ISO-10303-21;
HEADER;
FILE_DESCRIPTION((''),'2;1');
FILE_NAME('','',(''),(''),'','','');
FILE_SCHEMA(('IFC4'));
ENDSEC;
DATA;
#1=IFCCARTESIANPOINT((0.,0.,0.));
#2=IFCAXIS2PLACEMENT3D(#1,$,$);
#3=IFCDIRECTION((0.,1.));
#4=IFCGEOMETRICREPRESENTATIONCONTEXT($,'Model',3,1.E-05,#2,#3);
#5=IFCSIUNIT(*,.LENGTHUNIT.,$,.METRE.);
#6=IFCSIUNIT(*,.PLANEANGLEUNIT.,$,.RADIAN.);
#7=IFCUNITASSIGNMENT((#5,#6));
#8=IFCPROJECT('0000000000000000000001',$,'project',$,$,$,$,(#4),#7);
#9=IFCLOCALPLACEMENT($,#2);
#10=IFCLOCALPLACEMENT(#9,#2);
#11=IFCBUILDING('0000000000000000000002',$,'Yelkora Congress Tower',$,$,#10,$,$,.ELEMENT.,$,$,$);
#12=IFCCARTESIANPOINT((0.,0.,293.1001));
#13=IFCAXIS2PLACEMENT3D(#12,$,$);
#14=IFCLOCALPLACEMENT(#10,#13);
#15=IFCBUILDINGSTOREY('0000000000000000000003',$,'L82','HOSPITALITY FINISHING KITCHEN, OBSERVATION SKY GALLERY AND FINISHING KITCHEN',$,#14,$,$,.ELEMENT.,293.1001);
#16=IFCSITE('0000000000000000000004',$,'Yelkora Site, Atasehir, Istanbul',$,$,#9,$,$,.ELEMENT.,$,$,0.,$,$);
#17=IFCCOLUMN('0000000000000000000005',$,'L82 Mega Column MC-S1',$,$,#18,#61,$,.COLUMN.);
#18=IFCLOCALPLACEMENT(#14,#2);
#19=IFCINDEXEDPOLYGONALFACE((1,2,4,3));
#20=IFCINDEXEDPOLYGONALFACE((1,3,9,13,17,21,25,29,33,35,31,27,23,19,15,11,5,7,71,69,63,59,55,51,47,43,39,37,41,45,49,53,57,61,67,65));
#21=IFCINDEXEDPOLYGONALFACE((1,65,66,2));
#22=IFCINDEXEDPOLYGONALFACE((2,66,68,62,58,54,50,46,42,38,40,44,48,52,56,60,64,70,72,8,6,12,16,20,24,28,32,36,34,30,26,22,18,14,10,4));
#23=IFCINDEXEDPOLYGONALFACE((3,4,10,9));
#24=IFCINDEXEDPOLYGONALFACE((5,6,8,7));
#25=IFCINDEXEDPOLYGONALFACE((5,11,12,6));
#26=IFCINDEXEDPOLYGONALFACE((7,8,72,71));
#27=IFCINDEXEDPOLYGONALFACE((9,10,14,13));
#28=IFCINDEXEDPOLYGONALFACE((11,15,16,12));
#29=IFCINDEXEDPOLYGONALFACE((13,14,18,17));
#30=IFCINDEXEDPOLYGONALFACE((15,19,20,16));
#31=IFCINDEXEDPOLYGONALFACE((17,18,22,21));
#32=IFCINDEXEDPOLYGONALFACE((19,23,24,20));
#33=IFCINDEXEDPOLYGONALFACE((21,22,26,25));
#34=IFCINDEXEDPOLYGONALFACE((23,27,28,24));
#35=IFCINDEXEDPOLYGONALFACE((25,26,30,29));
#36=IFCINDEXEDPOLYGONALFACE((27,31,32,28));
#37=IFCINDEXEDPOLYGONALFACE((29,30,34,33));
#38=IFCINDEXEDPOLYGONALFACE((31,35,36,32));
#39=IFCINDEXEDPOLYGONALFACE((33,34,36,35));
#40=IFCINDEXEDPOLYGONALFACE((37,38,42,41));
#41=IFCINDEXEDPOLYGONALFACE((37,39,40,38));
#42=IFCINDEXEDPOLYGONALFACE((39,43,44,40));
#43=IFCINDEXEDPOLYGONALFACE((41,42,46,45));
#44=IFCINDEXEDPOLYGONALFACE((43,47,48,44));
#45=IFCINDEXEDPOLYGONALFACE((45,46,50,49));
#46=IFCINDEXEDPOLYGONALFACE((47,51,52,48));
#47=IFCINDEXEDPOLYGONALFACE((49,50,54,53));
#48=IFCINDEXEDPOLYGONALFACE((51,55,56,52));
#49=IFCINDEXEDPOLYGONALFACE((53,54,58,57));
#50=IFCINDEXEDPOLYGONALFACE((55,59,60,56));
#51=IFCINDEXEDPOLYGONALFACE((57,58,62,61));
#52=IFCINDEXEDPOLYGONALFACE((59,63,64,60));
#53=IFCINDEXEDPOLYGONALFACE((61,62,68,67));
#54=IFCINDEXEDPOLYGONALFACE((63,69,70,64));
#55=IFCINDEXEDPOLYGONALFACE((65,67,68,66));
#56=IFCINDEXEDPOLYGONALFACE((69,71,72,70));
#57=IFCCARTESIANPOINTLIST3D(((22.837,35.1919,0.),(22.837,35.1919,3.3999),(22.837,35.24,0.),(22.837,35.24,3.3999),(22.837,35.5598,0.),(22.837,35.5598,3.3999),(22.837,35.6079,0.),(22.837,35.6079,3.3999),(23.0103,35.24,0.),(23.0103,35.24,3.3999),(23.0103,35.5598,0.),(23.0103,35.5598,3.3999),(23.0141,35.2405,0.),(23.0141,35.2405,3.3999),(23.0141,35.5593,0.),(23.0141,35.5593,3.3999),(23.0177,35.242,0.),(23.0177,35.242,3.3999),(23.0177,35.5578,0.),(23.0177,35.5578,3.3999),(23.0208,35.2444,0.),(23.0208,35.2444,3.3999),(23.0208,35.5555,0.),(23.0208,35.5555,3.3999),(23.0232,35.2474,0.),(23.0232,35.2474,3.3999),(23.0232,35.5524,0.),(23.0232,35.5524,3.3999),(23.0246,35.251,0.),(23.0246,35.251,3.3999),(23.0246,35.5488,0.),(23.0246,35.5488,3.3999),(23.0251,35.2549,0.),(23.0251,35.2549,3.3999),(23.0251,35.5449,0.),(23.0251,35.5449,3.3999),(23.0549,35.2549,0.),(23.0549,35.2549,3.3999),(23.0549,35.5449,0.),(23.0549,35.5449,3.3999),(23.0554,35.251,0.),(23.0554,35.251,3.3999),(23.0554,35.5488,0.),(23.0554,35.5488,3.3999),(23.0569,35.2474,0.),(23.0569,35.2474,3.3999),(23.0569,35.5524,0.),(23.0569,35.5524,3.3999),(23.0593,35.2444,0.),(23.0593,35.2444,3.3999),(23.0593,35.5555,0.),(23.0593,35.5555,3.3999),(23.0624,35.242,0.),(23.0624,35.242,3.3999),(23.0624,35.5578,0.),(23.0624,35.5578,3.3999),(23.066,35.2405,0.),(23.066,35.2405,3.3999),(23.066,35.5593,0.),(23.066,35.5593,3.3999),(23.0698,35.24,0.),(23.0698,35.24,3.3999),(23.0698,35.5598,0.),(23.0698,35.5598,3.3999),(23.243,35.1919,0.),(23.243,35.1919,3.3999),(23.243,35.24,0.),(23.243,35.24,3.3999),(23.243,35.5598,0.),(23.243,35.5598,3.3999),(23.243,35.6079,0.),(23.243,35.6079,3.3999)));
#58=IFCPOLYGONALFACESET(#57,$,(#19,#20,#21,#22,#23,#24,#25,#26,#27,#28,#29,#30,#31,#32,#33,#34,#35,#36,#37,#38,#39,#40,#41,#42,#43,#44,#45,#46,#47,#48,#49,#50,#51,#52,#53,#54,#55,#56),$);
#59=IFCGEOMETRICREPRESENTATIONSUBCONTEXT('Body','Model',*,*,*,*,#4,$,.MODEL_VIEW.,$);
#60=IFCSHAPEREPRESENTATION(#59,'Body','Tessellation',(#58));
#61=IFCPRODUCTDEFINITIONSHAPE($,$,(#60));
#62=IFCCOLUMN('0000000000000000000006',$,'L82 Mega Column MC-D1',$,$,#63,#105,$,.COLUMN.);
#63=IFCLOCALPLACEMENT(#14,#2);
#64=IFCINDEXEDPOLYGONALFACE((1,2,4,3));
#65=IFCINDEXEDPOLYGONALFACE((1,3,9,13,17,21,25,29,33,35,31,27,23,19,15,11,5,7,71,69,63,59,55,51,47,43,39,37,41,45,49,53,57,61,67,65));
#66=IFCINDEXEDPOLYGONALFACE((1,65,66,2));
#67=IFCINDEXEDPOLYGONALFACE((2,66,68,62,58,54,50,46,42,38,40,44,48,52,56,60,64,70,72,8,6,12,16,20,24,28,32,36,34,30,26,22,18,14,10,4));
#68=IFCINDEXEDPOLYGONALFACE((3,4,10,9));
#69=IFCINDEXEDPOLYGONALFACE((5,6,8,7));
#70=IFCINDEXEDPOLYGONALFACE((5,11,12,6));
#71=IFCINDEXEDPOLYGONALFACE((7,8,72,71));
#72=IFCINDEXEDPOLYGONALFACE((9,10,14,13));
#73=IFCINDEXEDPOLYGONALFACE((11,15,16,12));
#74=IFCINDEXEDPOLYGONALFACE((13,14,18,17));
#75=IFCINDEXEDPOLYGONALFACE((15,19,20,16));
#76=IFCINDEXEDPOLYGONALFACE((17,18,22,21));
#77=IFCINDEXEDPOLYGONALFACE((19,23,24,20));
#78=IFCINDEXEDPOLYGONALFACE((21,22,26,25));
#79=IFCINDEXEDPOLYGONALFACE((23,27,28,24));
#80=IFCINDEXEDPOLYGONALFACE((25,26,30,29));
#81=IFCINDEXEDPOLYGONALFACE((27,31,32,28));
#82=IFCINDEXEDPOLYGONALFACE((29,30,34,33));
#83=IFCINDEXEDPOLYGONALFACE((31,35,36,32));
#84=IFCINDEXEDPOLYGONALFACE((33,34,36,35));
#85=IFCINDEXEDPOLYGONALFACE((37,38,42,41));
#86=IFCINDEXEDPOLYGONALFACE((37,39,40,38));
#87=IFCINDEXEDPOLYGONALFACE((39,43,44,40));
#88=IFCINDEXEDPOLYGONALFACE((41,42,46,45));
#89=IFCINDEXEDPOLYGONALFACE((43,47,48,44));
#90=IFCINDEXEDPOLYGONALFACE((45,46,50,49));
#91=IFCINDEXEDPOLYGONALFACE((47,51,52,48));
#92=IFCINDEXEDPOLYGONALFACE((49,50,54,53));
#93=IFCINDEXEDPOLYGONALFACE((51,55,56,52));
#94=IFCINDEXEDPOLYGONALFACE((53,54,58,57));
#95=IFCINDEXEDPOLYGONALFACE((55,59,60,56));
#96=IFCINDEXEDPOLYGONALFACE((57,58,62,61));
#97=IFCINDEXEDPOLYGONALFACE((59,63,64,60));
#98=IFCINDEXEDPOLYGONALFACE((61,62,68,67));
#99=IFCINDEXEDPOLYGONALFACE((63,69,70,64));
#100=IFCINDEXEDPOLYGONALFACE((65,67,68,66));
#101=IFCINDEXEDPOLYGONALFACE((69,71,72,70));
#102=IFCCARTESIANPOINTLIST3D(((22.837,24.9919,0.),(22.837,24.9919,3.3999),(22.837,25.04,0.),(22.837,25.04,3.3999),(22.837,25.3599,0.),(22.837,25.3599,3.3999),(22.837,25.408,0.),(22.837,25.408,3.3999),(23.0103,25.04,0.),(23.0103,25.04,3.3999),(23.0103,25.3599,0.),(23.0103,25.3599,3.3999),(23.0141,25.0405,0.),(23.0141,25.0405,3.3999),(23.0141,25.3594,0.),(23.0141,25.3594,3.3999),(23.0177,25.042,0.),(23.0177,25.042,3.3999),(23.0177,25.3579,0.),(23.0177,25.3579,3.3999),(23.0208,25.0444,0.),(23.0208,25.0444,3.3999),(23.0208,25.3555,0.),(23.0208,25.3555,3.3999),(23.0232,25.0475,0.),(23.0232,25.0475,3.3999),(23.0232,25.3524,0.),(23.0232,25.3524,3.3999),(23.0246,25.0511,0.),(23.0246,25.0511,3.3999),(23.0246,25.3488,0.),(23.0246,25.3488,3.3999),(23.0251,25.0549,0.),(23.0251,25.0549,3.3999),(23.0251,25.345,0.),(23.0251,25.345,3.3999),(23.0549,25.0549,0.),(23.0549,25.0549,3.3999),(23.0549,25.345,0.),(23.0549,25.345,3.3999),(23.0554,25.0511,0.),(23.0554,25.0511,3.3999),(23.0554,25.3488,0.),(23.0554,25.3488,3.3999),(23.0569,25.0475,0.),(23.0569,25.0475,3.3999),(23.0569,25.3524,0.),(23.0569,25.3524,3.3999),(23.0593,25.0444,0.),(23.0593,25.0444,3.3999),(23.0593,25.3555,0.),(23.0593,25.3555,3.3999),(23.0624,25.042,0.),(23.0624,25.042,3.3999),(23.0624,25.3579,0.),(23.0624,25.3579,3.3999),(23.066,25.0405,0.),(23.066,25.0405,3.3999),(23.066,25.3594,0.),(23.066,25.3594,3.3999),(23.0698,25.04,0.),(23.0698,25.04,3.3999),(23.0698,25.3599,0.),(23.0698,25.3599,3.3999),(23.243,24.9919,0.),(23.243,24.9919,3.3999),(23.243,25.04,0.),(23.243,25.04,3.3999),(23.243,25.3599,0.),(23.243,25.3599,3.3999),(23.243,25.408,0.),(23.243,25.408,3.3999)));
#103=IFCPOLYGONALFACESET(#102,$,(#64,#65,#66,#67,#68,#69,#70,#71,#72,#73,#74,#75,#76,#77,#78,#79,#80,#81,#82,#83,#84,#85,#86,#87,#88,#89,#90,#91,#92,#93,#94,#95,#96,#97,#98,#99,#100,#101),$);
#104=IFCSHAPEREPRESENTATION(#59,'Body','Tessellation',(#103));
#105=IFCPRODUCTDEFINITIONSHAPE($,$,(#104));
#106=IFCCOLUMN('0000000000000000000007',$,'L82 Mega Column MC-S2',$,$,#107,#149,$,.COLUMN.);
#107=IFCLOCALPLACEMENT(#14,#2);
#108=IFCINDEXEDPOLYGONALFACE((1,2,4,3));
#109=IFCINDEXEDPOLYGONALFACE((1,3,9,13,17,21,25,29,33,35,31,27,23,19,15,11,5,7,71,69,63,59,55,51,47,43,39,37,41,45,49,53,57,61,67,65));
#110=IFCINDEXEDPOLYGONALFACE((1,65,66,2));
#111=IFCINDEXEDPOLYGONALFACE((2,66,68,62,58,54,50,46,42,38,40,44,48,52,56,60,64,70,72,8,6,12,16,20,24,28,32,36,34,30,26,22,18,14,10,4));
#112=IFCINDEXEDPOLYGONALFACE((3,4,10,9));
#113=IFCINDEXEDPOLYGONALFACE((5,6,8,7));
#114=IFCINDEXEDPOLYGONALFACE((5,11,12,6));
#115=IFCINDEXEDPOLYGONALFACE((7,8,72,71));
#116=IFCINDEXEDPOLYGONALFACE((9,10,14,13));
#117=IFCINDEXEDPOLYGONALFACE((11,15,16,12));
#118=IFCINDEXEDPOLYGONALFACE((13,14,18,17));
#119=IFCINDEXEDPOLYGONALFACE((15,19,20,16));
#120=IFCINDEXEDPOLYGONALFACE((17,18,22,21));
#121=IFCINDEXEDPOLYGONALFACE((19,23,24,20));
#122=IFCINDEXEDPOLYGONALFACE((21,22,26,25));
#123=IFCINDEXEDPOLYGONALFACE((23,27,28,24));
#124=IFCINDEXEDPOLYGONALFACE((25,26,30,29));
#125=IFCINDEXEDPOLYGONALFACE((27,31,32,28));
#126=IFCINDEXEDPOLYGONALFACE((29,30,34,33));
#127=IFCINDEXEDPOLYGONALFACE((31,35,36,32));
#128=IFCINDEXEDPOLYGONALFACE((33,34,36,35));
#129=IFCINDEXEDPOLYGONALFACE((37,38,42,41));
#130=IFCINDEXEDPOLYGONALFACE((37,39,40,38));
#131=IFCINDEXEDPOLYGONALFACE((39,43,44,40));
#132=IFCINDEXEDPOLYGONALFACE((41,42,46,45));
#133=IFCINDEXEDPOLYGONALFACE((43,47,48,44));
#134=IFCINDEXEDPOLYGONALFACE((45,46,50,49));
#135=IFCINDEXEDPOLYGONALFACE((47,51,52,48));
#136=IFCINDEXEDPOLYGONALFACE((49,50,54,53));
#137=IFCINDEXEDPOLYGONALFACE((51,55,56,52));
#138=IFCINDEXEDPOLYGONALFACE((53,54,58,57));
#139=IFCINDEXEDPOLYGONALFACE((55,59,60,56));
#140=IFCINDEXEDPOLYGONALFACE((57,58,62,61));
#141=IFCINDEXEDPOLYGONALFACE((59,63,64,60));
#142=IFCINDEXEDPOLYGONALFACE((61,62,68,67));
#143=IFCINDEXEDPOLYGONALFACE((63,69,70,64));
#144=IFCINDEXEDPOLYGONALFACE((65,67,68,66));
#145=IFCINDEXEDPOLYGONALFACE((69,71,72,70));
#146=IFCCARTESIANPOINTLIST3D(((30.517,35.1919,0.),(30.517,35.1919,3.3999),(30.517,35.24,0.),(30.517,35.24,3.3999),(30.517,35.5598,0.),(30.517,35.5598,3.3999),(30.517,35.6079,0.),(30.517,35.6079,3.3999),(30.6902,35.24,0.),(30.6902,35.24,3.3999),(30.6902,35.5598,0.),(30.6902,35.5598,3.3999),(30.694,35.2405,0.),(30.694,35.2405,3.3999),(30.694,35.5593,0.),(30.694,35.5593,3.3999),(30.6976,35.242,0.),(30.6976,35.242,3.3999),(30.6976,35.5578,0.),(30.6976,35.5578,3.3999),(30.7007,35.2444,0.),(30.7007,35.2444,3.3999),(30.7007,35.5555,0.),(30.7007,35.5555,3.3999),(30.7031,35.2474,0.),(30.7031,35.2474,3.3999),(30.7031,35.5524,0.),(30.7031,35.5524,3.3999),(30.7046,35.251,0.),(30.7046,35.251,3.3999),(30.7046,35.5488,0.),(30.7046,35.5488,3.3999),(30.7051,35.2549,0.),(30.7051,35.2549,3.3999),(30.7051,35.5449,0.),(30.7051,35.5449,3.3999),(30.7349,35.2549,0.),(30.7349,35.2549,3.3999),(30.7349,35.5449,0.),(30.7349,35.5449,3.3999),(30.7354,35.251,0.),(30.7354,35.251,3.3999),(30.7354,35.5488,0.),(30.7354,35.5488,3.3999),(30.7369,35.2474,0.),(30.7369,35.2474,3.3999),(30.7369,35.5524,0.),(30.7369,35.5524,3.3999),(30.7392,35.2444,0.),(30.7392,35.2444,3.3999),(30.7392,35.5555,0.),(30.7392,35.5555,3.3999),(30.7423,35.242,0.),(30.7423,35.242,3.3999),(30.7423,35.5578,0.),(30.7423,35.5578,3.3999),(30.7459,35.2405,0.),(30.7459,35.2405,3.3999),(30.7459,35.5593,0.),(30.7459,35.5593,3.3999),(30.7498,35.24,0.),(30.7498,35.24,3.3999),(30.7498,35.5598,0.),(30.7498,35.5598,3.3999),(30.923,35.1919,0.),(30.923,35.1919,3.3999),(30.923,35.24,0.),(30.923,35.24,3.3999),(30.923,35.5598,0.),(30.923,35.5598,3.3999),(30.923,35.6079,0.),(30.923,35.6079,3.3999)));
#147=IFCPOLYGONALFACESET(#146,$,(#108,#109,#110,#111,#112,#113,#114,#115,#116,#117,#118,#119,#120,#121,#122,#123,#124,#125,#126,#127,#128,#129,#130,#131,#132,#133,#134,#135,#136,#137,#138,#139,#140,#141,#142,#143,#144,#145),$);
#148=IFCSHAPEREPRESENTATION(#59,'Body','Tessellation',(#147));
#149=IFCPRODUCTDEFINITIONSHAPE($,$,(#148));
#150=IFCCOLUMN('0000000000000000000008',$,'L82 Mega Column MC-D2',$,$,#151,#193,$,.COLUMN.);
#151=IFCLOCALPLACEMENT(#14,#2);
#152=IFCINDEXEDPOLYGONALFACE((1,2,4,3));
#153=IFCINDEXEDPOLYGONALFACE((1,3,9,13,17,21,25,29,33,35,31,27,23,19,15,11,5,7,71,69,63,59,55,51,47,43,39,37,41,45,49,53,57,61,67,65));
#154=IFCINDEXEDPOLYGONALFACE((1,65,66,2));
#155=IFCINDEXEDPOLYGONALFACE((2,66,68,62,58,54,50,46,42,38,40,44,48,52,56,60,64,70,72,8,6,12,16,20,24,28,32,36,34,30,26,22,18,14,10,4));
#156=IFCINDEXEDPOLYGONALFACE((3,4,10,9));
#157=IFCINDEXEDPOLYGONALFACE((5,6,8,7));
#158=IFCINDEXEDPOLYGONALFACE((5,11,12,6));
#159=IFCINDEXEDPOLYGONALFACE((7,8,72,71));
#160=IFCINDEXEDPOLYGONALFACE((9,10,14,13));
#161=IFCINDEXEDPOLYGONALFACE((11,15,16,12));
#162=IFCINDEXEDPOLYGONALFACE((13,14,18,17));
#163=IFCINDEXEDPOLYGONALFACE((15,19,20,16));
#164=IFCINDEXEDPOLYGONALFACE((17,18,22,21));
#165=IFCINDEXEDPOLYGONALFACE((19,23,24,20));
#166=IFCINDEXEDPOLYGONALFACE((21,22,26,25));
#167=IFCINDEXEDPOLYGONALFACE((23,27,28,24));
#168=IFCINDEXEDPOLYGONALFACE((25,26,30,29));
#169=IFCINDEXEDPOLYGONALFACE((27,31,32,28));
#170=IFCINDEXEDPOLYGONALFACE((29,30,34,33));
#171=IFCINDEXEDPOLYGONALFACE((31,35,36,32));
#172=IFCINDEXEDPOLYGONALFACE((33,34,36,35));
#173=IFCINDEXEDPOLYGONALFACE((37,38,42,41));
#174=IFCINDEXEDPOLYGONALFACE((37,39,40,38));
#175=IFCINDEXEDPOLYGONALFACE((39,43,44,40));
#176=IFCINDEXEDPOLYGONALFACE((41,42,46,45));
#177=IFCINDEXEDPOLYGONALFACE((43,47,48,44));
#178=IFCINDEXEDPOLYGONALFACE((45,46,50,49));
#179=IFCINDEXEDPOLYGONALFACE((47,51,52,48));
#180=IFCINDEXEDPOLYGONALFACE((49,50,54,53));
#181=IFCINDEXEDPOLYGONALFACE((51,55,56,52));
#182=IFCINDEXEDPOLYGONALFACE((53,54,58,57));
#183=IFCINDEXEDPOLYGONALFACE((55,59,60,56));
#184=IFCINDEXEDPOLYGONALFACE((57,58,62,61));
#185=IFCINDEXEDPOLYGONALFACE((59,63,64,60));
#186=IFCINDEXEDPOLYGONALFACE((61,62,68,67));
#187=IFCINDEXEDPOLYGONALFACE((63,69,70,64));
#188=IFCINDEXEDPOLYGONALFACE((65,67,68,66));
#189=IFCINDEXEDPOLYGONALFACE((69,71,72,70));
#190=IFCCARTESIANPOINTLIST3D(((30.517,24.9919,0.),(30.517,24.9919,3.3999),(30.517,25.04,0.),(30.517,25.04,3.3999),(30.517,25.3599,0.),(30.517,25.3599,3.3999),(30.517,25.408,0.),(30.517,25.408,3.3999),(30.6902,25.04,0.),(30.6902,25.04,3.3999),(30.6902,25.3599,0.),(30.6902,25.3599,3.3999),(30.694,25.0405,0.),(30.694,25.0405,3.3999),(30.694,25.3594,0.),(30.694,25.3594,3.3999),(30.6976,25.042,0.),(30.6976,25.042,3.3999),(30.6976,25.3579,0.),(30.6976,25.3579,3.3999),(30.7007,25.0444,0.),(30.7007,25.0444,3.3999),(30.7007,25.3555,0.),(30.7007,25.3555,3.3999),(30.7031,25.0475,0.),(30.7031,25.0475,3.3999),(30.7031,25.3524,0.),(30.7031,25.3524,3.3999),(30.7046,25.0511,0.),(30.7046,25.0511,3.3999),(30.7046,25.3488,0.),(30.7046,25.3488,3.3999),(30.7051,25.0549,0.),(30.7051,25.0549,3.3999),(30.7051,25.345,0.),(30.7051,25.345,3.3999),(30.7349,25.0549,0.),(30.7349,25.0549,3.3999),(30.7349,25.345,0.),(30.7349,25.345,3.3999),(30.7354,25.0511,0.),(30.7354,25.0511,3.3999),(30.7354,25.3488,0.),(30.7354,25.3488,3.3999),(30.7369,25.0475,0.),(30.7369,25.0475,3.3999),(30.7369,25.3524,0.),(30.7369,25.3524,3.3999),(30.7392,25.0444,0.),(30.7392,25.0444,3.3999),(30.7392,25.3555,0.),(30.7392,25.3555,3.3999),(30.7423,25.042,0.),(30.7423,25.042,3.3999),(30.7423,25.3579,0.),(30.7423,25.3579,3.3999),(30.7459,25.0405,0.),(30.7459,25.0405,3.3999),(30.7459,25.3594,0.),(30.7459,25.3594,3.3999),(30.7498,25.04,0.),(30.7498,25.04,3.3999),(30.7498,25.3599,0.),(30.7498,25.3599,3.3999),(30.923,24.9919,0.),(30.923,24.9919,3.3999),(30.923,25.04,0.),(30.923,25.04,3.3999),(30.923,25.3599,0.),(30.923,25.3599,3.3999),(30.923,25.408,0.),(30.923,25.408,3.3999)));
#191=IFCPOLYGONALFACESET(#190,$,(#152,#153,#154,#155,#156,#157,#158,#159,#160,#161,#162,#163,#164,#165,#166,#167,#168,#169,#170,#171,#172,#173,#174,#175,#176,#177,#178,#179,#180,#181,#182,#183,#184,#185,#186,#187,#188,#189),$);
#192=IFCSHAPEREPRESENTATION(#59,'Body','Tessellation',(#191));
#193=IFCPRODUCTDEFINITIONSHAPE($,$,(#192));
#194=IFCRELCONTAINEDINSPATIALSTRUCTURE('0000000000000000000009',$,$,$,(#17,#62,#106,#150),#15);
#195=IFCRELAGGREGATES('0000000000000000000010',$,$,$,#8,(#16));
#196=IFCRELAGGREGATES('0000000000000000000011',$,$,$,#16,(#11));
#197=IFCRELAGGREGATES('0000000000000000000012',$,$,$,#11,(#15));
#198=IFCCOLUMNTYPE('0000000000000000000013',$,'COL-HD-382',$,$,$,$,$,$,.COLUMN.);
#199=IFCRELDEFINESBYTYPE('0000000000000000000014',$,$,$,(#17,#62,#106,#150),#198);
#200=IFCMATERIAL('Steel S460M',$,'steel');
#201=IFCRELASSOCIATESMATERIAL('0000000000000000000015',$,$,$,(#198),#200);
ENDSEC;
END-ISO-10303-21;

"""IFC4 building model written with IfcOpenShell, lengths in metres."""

from ifc_helpers import new_model, si_unit, direction, frame, origin, origin_2d, place, context, subcontext, project, spatial, i_section, extrude, material, material_profile, profile_set, type_object, element, save


model = new_model("IFC4")

# Units and contexts
model_context = context("Model", 3, precision=1e-05, world=origin(), true_north=direction((0.0, 1.0)))
body_context = subcontext(model_context, "Body", "Model", "MODEL_VIEW")
ifc_project = project(units=[si_unit("LENGTHUNIT", "METRE"), si_unit("PLANEANGLEUNIT", "RADIAN")], contexts=[model_context])

# Site, building, storey
site_placement = place(None, origin())
site = spatial("IfcSite", under=ifc_project, at=site_placement, Name="Yelkora Site, Atasehir, Istanbul", CompositionType="ELEMENT", RefElevation=0.0)
building_placement = place(site_placement, origin())
building = spatial("IfcBuilding", under=site, at=building_placement, Name="Yelkora Congress Tower", CompositionType="ELEMENT")
storey_placement = place(building_placement, frame((0.0, 0.0, 293.1001)))
storey = spatial("IfcBuildingStorey", under=building, at=storey_placement, Name="L82", Description="HOSPITALITY FINISHING KITCHEN, OBSERVATION SKY GALLERY AND FINISHING KITCHEN", CompositionType="ELEMENT", Elevation=293.1001)

# Columns
ifc_material_1 = material(Name="Steel S460M", Category="steel")
ifc_material_profile_1 = material_profile(ifc_material_1, i_section(OverallWidth=0.406, OverallDepth=0.416, WebThickness=0.0298, FlangeThickness=0.0481, FilletRadius=0.0149, at=origin_2d()), Name="HD 400x382")
ifc_profile_set_1 = profile_set([ifc_material_profile_1], Name="Steel S460M")
column_type = type_object("IfcColumnType", Name="COL-HD-382", PredefinedType="COLUMN", material=ifc_profile_set_1)
for number, where, z_axis, x_axis, name in (
    (1, (23.04, 35.3999, 0.0), (0.0, 0.0, 1.0), (1.0, 0.0, 0.0), "L82 Mega Column MC-S1"),
    (2, (23.04, 25.2, 0.0), (0.0, 0.0, 1.0), (1.0, 0.0, 0.0), "L82 Mega Column MC-D1"),
    (3, (30.72, 35.3999, 0.0), (0.0, 0.0, 1.0), (1.0, 0.0, 0.0), "L82 Mega Column MC-S2"),
    (4, (30.72, 25.2, 0.0), (0.0, 0.0, 1.0), (1.0, 0.0, 0.0), "L82 Mega Column MC-D2"),
):
    element("IfcColumn", number, at=place(storey_placement, frame(where, z_axis=z_axis, x_axis=x_axis)), inside=storey, type_object=column_type, Name=name, PredefinedType="COLUMN", context=body_context, shape_type="SweptSolid", body=[
        extrude(i_section(OverallWidth=0.406, OverallDepth=0.416, WebThickness=0.0298, FlangeThickness=0.0481, FilletRadius=0.0149, at=origin_2d()), origin(), (0.0, 0.0, 1.0), 3.3999),
    ])

save(model, "model.ifc")
